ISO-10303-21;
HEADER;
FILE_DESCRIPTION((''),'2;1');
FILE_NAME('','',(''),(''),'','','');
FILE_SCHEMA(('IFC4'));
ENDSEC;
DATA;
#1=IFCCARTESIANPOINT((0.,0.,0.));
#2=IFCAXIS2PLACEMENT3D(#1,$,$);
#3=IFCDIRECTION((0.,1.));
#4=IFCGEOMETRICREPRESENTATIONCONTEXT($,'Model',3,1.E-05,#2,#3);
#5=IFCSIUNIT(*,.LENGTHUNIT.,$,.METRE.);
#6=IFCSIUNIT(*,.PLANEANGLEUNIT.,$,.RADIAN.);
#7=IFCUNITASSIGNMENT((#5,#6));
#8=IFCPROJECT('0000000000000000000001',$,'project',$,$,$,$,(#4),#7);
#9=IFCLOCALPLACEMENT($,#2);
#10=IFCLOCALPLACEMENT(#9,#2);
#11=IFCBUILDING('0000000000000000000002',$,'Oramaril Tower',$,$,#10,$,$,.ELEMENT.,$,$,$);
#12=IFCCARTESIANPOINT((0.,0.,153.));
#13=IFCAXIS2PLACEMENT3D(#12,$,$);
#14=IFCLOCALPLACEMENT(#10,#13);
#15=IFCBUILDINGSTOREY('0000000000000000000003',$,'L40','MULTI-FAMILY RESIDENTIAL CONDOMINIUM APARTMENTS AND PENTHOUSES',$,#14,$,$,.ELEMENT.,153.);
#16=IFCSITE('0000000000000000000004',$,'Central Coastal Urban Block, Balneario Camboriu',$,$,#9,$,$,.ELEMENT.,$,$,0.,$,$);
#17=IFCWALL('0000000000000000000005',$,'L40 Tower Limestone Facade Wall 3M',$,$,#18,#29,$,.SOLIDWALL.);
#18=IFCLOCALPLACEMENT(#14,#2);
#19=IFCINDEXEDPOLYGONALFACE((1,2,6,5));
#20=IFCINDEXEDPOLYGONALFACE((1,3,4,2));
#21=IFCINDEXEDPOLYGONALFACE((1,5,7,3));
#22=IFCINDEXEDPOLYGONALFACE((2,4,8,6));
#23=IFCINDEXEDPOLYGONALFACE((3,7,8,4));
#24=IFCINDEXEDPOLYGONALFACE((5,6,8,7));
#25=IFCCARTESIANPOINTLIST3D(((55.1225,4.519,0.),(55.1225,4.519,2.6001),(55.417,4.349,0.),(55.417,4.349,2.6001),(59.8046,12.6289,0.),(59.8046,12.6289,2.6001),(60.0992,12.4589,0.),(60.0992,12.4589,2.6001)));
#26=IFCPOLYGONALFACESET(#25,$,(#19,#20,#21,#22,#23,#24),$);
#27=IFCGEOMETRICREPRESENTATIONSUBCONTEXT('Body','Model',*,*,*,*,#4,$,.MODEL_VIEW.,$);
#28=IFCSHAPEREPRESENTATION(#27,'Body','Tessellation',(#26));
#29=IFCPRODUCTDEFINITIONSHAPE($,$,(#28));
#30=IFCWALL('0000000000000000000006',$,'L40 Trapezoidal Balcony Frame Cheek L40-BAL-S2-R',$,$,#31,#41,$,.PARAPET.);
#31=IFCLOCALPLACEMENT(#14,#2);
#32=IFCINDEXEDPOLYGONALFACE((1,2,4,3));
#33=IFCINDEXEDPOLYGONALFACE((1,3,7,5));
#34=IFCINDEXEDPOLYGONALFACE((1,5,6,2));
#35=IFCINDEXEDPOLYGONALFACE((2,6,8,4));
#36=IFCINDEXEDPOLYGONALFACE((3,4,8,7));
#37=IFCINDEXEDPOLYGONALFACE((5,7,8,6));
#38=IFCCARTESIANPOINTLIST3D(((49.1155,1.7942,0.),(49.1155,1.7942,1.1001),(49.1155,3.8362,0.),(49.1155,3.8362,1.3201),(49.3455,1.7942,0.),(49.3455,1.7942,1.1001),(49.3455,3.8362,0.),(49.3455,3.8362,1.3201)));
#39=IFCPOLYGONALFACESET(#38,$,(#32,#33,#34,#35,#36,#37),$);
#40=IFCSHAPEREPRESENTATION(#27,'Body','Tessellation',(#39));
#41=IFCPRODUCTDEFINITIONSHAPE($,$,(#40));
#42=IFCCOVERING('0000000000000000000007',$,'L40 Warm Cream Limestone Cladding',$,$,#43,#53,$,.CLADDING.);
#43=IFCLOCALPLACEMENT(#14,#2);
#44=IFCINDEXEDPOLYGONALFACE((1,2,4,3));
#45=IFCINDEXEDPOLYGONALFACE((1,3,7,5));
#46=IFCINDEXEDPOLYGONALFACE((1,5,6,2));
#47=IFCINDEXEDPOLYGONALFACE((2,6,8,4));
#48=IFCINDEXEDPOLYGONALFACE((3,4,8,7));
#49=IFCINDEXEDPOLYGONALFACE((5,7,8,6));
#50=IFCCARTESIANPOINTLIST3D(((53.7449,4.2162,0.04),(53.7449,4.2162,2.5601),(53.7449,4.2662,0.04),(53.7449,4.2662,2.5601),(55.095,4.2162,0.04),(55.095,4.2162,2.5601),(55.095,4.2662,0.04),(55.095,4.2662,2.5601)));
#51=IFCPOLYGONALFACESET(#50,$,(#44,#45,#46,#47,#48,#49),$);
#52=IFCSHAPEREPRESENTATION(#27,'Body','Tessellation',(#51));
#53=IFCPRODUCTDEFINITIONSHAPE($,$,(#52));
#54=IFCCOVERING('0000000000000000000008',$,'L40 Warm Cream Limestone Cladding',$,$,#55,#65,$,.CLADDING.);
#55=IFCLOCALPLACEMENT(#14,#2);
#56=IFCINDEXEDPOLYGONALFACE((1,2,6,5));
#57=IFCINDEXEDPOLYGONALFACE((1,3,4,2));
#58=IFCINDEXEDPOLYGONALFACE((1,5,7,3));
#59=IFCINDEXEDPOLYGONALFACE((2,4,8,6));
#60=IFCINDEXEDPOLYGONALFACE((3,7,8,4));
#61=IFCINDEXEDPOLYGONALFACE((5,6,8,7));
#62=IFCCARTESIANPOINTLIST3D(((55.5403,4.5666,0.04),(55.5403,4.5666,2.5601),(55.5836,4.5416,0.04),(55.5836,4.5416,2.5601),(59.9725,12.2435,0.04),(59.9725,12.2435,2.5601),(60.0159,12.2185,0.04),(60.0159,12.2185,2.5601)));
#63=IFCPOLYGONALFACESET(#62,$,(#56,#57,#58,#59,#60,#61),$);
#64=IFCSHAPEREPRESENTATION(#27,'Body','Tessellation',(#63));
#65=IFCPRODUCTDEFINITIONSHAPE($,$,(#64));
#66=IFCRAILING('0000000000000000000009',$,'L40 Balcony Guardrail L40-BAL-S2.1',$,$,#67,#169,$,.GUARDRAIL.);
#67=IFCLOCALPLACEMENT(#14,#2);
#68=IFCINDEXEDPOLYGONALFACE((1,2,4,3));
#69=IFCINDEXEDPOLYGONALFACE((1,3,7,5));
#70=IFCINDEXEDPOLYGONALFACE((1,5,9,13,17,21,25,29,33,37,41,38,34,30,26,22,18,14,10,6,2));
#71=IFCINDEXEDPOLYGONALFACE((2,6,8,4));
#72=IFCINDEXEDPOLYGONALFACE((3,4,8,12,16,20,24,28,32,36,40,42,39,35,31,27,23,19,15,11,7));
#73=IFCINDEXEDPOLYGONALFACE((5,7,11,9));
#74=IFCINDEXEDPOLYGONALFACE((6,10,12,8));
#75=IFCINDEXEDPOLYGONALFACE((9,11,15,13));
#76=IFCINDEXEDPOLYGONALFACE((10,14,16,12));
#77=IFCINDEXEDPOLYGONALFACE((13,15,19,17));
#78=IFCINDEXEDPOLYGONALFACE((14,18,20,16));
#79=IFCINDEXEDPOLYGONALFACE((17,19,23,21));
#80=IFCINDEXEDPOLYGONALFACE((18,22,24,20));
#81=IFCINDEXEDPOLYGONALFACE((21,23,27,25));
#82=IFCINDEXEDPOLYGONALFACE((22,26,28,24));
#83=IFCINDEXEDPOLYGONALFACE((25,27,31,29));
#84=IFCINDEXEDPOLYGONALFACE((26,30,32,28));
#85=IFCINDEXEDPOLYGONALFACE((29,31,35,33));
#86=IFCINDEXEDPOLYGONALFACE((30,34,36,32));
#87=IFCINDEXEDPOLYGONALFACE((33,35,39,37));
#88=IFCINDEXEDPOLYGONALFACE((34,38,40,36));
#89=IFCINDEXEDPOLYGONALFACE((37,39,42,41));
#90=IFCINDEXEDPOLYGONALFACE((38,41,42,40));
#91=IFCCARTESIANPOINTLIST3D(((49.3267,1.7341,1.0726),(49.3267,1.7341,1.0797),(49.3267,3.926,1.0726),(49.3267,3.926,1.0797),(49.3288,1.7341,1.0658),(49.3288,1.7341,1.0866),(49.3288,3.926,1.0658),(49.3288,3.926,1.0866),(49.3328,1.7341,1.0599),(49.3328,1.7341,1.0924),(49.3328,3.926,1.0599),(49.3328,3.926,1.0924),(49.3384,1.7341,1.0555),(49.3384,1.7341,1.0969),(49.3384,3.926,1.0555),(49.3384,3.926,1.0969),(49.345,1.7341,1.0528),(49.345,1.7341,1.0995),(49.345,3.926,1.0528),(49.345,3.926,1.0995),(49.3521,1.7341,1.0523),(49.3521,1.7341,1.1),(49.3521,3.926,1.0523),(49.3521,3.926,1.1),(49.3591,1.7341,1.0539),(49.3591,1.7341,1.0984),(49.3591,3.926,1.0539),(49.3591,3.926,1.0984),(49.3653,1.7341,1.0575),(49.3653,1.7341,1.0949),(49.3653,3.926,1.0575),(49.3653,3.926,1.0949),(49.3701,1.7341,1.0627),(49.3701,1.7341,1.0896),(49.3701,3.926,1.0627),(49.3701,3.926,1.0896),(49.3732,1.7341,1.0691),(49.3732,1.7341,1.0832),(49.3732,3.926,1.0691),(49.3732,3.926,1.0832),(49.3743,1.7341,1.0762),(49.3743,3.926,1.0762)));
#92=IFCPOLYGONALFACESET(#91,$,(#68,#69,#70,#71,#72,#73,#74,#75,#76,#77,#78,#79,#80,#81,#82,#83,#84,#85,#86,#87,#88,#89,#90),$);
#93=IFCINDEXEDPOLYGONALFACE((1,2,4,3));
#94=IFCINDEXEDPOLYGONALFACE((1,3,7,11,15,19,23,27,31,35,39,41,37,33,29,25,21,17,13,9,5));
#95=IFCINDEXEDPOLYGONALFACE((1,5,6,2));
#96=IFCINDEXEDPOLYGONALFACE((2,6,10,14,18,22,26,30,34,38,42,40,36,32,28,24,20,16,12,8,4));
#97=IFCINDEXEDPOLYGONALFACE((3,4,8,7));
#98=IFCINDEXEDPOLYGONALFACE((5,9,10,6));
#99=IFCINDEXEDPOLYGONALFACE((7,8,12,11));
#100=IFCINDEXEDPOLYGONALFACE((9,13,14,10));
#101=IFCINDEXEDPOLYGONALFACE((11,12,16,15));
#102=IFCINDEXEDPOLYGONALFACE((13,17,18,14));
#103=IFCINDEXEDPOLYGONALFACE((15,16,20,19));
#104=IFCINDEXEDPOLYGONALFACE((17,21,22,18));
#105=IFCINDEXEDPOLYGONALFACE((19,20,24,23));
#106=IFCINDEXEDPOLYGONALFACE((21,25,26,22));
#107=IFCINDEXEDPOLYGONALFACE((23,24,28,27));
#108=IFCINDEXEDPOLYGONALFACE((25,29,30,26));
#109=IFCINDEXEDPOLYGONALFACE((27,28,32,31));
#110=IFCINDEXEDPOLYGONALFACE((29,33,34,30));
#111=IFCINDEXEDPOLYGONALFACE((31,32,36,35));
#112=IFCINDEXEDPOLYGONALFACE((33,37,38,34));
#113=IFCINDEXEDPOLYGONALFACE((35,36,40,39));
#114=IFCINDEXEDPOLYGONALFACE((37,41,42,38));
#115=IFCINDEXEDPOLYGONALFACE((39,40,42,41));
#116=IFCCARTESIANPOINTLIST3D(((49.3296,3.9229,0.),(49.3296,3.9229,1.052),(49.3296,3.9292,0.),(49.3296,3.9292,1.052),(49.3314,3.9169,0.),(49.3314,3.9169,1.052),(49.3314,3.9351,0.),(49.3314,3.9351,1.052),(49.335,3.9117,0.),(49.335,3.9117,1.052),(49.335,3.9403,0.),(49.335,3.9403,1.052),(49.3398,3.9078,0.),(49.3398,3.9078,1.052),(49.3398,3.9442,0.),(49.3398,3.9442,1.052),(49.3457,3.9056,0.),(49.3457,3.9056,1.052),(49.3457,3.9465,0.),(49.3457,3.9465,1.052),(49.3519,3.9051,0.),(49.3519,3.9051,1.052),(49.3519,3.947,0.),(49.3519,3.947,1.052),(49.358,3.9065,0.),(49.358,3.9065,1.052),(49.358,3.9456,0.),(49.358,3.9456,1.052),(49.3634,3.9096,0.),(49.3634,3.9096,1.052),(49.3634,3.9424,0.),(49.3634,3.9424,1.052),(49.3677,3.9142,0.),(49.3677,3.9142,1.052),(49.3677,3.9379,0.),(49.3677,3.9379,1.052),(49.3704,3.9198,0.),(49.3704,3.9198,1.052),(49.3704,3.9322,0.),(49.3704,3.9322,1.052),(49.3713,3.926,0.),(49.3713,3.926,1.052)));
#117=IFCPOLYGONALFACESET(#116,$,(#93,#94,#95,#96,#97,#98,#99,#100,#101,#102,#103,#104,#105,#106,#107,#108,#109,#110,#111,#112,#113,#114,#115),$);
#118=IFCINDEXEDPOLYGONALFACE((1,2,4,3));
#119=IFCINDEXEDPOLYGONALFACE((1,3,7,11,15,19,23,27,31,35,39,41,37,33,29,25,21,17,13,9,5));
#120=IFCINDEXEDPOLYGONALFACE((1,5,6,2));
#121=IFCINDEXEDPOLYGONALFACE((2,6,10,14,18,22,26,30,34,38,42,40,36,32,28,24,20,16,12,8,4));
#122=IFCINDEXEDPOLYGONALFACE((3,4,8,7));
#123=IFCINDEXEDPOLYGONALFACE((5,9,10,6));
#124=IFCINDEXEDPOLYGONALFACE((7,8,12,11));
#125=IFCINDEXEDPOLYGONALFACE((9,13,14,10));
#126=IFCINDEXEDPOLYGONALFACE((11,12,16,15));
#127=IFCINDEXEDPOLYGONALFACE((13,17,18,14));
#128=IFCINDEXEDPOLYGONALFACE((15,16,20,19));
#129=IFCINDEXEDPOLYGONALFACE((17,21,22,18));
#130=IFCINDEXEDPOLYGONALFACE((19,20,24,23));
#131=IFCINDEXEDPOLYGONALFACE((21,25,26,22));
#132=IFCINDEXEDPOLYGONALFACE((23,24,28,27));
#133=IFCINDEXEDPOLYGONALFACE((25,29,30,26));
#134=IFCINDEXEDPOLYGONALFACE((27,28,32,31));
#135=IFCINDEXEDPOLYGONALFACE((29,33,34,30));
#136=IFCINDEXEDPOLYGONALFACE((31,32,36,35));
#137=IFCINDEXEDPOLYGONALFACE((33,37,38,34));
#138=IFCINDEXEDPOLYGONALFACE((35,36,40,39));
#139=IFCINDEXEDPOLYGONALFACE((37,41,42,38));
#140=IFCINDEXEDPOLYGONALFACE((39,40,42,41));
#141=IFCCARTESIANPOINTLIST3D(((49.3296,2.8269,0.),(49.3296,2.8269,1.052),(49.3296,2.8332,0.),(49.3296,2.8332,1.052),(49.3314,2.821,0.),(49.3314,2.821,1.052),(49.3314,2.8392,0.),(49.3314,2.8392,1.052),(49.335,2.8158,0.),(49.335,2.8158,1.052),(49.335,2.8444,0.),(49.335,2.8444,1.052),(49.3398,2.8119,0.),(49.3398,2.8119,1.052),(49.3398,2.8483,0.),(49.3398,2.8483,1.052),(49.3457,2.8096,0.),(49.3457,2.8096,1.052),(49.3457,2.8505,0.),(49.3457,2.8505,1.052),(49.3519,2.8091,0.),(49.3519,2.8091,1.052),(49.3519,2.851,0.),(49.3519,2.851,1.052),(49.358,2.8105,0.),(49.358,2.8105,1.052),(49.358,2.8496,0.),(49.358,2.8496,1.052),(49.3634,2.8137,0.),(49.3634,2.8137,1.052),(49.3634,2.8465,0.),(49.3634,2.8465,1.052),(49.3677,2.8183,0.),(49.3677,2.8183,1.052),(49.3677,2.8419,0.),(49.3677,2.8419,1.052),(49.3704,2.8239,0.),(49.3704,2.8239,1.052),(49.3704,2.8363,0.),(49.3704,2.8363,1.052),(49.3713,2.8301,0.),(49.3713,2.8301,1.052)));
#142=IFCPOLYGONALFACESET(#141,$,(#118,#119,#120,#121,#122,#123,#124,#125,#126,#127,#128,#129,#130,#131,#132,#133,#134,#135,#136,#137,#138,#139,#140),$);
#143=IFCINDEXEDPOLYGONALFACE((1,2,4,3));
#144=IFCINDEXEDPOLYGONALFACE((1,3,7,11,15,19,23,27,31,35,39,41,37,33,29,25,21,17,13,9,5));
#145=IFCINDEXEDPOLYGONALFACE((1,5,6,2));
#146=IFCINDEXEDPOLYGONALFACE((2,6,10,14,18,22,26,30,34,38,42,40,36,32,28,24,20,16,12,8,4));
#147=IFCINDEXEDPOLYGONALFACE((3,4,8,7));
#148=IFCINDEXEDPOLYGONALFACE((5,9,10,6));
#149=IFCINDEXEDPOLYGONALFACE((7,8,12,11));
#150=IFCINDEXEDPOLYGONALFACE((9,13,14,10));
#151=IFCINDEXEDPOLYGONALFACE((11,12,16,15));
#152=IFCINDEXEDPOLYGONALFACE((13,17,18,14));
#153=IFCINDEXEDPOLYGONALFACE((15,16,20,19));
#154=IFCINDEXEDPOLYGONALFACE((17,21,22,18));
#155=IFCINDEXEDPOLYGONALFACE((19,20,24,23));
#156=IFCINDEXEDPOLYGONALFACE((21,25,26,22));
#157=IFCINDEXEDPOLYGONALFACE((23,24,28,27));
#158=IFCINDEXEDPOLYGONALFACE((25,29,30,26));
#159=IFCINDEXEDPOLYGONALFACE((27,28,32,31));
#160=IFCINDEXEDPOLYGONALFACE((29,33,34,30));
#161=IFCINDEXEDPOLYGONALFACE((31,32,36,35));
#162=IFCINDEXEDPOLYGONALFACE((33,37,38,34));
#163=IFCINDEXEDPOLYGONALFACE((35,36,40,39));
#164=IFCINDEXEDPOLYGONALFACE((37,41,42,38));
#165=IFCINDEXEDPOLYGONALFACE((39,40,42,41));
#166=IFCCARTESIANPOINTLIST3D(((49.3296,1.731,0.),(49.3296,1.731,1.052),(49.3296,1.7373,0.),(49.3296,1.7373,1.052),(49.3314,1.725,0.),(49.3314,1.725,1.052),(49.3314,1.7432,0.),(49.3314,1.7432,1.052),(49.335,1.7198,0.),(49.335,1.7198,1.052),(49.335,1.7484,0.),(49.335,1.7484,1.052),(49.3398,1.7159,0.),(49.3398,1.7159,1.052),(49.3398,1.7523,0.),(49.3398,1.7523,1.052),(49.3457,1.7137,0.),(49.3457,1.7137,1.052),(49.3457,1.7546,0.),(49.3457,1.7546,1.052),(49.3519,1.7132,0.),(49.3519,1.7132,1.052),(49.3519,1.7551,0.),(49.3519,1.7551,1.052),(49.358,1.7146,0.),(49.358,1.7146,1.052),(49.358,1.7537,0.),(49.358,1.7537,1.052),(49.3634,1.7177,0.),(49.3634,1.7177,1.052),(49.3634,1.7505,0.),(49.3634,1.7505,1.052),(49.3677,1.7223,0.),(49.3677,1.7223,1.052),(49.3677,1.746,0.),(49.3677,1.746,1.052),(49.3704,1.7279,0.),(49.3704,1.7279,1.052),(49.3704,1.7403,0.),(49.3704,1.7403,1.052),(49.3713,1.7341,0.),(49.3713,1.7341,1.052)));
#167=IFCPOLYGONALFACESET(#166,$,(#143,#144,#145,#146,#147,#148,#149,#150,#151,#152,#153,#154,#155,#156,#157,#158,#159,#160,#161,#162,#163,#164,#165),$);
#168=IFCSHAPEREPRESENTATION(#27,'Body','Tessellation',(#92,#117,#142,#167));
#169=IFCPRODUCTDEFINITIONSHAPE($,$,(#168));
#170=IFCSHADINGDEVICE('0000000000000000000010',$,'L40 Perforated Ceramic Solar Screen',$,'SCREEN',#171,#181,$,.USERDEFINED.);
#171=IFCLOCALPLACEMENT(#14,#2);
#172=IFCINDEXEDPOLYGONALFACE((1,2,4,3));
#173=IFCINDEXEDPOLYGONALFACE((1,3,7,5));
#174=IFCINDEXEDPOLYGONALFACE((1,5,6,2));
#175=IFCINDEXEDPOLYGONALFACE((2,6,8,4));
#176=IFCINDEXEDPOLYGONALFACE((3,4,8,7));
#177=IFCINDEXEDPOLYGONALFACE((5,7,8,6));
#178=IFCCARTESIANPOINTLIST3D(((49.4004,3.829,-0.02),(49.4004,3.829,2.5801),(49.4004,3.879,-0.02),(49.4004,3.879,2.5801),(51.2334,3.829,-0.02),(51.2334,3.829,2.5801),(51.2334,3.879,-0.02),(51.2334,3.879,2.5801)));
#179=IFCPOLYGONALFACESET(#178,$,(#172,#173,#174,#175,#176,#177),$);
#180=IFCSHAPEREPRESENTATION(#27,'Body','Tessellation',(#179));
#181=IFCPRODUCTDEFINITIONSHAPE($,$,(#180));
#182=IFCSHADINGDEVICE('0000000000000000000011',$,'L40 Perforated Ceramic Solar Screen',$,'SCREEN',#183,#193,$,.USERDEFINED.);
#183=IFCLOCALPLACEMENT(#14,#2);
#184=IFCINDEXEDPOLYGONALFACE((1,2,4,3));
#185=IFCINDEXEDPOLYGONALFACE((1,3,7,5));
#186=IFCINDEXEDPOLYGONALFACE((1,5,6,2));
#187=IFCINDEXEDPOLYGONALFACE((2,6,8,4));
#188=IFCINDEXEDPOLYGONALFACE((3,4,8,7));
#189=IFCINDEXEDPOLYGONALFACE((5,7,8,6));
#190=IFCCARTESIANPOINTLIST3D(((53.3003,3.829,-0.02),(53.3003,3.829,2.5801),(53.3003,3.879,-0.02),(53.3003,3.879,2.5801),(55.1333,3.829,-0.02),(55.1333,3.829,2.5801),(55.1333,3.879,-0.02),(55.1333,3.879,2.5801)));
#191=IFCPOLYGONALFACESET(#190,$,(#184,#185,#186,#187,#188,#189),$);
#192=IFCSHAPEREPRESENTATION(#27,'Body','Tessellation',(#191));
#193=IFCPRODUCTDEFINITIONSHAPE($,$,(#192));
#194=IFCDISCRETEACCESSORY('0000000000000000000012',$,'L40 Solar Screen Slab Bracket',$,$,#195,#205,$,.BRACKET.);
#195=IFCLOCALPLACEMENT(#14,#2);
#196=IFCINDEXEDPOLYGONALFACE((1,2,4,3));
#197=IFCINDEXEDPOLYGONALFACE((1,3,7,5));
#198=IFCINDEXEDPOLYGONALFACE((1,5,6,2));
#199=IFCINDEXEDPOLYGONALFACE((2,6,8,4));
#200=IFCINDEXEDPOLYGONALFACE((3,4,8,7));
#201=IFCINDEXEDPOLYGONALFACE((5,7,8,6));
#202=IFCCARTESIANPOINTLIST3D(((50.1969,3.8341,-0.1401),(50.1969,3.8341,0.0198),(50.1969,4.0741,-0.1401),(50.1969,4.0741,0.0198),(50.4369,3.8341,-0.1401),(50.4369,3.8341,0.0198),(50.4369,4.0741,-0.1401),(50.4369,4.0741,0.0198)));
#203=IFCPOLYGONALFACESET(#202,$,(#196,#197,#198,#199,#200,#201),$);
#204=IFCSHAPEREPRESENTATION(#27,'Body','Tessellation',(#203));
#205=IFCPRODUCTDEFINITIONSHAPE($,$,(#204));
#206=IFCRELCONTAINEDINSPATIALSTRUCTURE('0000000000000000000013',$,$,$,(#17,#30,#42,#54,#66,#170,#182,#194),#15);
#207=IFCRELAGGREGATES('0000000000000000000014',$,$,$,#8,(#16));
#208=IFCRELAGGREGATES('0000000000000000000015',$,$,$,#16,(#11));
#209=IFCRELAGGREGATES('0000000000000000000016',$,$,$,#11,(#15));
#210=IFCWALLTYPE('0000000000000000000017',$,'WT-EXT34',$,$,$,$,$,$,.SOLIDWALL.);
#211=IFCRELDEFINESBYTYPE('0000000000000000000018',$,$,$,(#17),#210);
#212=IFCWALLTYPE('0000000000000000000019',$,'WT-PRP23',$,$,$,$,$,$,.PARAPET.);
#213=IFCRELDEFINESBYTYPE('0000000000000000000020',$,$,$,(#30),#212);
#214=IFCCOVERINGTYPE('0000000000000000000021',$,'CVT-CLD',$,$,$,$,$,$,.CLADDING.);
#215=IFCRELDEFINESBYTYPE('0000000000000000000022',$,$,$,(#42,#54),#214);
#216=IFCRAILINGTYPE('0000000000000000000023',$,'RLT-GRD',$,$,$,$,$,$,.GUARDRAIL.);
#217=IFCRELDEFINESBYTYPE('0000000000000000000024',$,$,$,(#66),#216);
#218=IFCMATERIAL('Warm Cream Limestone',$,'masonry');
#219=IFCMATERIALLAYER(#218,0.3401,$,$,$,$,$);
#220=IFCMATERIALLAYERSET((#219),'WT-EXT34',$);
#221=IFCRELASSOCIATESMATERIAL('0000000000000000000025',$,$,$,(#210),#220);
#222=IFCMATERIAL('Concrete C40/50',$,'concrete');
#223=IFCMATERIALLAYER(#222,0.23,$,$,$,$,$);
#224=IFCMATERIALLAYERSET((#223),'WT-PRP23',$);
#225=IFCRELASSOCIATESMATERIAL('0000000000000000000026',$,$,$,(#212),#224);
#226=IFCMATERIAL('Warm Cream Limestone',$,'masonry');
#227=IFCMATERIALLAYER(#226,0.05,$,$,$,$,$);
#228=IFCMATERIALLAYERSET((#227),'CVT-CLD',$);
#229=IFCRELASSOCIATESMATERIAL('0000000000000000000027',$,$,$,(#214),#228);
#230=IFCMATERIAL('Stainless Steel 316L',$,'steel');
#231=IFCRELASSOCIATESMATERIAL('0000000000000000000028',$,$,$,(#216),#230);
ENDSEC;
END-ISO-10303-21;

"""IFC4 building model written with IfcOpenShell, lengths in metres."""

from ifc_helpers import new_model, si_unit, direction, frame, frame_2d, origin, origin_2d, place, context, subcontext, project, spatial, polyline, rectangle, circle, outline, extrude, material, layer, layer_set, type_object, element, save


model = new_model("IFC4")

# Units and contexts
model_context = context("Model", 3, precision=1e-05, world=origin(), true_north=direction((0.0, 1.0)))
body_context = subcontext(model_context, "Body", "Model", "MODEL_VIEW")
ifc_project = project(units=[si_unit("LENGTHUNIT", "METRE"), si_unit("PLANEANGLEUNIT", "RADIAN")], contexts=[model_context])

# Site, building, storey
site_placement = place(None, origin())
site = spatial("IfcSite", under=ifc_project, at=site_placement, Name="Central Coastal Urban Block, Balneario Camboriu", CompositionType="ELEMENT", RefElevation=0.0)
building_placement = place(site_placement, origin())
building = spatial("IfcBuilding", under=site, at=building_placement, Name="Oramaril Tower", CompositionType="ELEMENT")
storey_placement = place(building_placement, frame((0.0, 0.0, 153.0)))
storey = spatial("IfcBuildingStorey", under=building, at=storey_placement, Name="L40", Description="MULTI-FAMILY RESIDENTIAL CONDOMINIUM APARTMENTS AND PENTHOUSES", CompositionType="ELEMENT", Elevation=153.0)

# Walls
ifc_material_1 = material(Name="Warm Cream Limestone", Category="masonry")
ifc_layer_1 = layer(ifc_material_1, 0.3401)
ifc_layer_set_1 = layer_set([ifc_layer_1], Name="WT-EXT34")
wall_type_1 = type_object("IfcWallType", Name="WT-EXT34", PredefinedType="SOLIDWALL", material=ifc_layer_set_1)
wall_1_placement = place(storey_placement, frame((55.2698, 4.4341, 0.0), z_axis=(0.0, 0.0, 1.0), x_axis=(0.499992, 0.86603, 0.0)))
element("IfcWall", 1, at=wall_1_placement, inside=storey, type_object=wall_type_1, Name="L40 Tower Limestone Facade Wall 3M", PredefinedType="SOLIDWALL", context=body_context, shape_type="SweptSolid", body=[
    extrude(rectangle(XDim=9.3645, YDim=0.3401, at=frame_2d((4.6821, 0.0))), origin(), (0.0, 0.0, 1.0), 2.6001),
])
ifc_material_2 = material(Name="Concrete C40/50", Category="concrete")
ifc_layer_2 = layer(ifc_material_2, 0.23)
ifc_layer_set_2 = layer_set([ifc_layer_2], Name="WT-PRP23")
wall_type_2 = type_object("IfcWallType", Name="WT-PRP23", PredefinedType="PARAPET", material=ifc_layer_set_2)
wall_2_placement = place(storey_placement, frame((49.2305, 3.8362, 0.0), z_axis=(0.0, 0.0, 1.0), x_axis=(0.0, -1.0, 0.0)))
element("IfcWall", 2, at=wall_2_placement, inside=storey, type_object=wall_type_2, Name="L40 Trapezoidal Balcony Frame Cheek L40-BAL-S2-R", PredefinedType="PARAPET", context=body_context, shape_type="SweptSolid", body=[
    extrude(outline(polyline([(0.0, 0.0), (2.042, 0.0), (2.042, 1.1001), (0.0, 1.3201), (0.0, 0.0)])), frame((0.0, 0.115, 0.0), z_axis=(0.0, -1.0, 0.0), x_axis=(1.0, 0.0, 0.0)), (0.0, 0.0, 1.0), 0.23),
])

# Coverings
ifc_material_3 = material(Name="Warm Cream Limestone", Category="masonry")
ifc_layer_3 = layer(ifc_material_3, 0.05)
ifc_layer_set_3 = layer_set([ifc_layer_3], Name="CVT-CLD")
covering_type = type_object("IfcCoveringType", Name="CVT-CLD", PredefinedType="CLADDING", material=ifc_layer_set_3)
covering_1_placement = place(storey_placement, frame((54.4199, 4.2412, 0.04), z_axis=(0.0, 0.0, 1.0), x_axis=(1.0, 0.0, 0.0)))
element("IfcCovering", 3, at=covering_1_placement, inside=storey, type_object=covering_type, Name="L40 Warm Cream Limestone Cladding", PredefinedType="CLADDING", context=body_context, shape_type="SweptSolid", body=[
    extrude(rectangle(XDim=1.3501, YDim=0.05, at=origin_2d()), origin(), (0.0, 0.0, 1.0), 2.52),
])
covering_2_placement = place(storey_placement, frame((57.7781, 8.3926, 0.04), z_axis=(0.0, 0.0, 1.0), x_axis=(0.5, 0.866025, 0.0)))
element("IfcCovering", 4, at=covering_2_placement, inside=storey, type_object=covering_type, Name="L40 Warm Cream Limestone Cladding", PredefinedType="CLADDING", context=body_context, shape_type="SweptSolid", body=[
    extrude(rectangle(XDim=8.8645, YDim=0.05, at=origin_2d()), origin(), (0.0, 0.0, 1.0), 2.52),
])

# Railing
ifc_material_4 = material(Name="Stainless Steel 316L", Category="steel")
railing_type = type_object("IfcRailingType", Name="RLT-GRD", PredefinedType="GUARDRAIL", material=ifc_material_4)
railing_1_placement = place(storey_placement, frame((49.3503, 3.926, 0.0)))
element("IfcRailing", 5, at=railing_1_placement, inside=storey, type_object=railing_type, Name="L40 Balcony Guardrail L40-BAL-S2.1", PredefinedType="GUARDRAIL", context=body_context, shape_type="SweptSolid", body=[
    extrude(circle(Radius=0.0239, at=origin_2d()), frame((0.0, 0.0, 1.0762), z_axis=(0.0, -1.0, 0.0), x_axis=(1.0, 0.0, 0.0)), (0.0, 0.0, 1.0), 2.1919),
    extrude(circle(Radius=0.021, at=origin_2d()), origin(), (0.0, 0.0, 1.0), 1.052),
    extrude(circle(Radius=0.021, at=origin_2d()), frame((0.0, -1.0959, 0.0)), (0.0, 0.0, 1.0), 1.052),
    extrude(circle(Radius=0.021, at=origin_2d()), frame((0.0, -2.1919, 0.0)), (0.0, 0.0, 1.0), 1.052),
])

# Shading devices
for number, where, z_axis, x_axis, name in (
    (6, (50.3169, 3.854, -0.02), (0.0, 0.0, 1.0), (1.0, 0.0, 0.0), "L40 Perforated Ceramic Solar Screen"),
    (7, (54.2168, 3.854, -0.02), (0.0, 0.0, 1.0), (1.0, 0.0, 0.0), "L40 Perforated Ceramic Solar Screen"),
):
    element("IfcShadingDevice", number, at=place(storey_placement, frame(where, z_axis=z_axis, x_axis=x_axis)), inside=storey, Name=name, ObjectType="SCREEN", PredefinedType="USERDEFINED", context=body_context, shape_type="SweptSolid", body=[
        extrude(rectangle(XDim=1.833, YDim=0.05, at=origin_2d()), origin(), (0.0, 0.0, 1.0), 2.6001),
    ])

# Discrete accessory
for number, where, z_axis, x_axis, name in (
    (8, (50.3169, 3.9541, -0.1401), (0.0, 0.0, 1.0), (1.0, 0.0, 0.0), "L40 Solar Screen Slab Bracket"),
):
    element("IfcDiscreteAccessory", number, at=place(storey_placement, frame(where, z_axis=z_axis, x_axis=x_axis)), inside=storey, Name=name, PredefinedType="BRACKET", context=body_context, shape_type="SweptSolid", body=[
        extrude(rectangle(XDim=0.24, YDim=0.24, at=origin_2d()), origin(), (0.0, 0.0, 1.0), 0.1599),
    ])

save(model, "model.ifc")
